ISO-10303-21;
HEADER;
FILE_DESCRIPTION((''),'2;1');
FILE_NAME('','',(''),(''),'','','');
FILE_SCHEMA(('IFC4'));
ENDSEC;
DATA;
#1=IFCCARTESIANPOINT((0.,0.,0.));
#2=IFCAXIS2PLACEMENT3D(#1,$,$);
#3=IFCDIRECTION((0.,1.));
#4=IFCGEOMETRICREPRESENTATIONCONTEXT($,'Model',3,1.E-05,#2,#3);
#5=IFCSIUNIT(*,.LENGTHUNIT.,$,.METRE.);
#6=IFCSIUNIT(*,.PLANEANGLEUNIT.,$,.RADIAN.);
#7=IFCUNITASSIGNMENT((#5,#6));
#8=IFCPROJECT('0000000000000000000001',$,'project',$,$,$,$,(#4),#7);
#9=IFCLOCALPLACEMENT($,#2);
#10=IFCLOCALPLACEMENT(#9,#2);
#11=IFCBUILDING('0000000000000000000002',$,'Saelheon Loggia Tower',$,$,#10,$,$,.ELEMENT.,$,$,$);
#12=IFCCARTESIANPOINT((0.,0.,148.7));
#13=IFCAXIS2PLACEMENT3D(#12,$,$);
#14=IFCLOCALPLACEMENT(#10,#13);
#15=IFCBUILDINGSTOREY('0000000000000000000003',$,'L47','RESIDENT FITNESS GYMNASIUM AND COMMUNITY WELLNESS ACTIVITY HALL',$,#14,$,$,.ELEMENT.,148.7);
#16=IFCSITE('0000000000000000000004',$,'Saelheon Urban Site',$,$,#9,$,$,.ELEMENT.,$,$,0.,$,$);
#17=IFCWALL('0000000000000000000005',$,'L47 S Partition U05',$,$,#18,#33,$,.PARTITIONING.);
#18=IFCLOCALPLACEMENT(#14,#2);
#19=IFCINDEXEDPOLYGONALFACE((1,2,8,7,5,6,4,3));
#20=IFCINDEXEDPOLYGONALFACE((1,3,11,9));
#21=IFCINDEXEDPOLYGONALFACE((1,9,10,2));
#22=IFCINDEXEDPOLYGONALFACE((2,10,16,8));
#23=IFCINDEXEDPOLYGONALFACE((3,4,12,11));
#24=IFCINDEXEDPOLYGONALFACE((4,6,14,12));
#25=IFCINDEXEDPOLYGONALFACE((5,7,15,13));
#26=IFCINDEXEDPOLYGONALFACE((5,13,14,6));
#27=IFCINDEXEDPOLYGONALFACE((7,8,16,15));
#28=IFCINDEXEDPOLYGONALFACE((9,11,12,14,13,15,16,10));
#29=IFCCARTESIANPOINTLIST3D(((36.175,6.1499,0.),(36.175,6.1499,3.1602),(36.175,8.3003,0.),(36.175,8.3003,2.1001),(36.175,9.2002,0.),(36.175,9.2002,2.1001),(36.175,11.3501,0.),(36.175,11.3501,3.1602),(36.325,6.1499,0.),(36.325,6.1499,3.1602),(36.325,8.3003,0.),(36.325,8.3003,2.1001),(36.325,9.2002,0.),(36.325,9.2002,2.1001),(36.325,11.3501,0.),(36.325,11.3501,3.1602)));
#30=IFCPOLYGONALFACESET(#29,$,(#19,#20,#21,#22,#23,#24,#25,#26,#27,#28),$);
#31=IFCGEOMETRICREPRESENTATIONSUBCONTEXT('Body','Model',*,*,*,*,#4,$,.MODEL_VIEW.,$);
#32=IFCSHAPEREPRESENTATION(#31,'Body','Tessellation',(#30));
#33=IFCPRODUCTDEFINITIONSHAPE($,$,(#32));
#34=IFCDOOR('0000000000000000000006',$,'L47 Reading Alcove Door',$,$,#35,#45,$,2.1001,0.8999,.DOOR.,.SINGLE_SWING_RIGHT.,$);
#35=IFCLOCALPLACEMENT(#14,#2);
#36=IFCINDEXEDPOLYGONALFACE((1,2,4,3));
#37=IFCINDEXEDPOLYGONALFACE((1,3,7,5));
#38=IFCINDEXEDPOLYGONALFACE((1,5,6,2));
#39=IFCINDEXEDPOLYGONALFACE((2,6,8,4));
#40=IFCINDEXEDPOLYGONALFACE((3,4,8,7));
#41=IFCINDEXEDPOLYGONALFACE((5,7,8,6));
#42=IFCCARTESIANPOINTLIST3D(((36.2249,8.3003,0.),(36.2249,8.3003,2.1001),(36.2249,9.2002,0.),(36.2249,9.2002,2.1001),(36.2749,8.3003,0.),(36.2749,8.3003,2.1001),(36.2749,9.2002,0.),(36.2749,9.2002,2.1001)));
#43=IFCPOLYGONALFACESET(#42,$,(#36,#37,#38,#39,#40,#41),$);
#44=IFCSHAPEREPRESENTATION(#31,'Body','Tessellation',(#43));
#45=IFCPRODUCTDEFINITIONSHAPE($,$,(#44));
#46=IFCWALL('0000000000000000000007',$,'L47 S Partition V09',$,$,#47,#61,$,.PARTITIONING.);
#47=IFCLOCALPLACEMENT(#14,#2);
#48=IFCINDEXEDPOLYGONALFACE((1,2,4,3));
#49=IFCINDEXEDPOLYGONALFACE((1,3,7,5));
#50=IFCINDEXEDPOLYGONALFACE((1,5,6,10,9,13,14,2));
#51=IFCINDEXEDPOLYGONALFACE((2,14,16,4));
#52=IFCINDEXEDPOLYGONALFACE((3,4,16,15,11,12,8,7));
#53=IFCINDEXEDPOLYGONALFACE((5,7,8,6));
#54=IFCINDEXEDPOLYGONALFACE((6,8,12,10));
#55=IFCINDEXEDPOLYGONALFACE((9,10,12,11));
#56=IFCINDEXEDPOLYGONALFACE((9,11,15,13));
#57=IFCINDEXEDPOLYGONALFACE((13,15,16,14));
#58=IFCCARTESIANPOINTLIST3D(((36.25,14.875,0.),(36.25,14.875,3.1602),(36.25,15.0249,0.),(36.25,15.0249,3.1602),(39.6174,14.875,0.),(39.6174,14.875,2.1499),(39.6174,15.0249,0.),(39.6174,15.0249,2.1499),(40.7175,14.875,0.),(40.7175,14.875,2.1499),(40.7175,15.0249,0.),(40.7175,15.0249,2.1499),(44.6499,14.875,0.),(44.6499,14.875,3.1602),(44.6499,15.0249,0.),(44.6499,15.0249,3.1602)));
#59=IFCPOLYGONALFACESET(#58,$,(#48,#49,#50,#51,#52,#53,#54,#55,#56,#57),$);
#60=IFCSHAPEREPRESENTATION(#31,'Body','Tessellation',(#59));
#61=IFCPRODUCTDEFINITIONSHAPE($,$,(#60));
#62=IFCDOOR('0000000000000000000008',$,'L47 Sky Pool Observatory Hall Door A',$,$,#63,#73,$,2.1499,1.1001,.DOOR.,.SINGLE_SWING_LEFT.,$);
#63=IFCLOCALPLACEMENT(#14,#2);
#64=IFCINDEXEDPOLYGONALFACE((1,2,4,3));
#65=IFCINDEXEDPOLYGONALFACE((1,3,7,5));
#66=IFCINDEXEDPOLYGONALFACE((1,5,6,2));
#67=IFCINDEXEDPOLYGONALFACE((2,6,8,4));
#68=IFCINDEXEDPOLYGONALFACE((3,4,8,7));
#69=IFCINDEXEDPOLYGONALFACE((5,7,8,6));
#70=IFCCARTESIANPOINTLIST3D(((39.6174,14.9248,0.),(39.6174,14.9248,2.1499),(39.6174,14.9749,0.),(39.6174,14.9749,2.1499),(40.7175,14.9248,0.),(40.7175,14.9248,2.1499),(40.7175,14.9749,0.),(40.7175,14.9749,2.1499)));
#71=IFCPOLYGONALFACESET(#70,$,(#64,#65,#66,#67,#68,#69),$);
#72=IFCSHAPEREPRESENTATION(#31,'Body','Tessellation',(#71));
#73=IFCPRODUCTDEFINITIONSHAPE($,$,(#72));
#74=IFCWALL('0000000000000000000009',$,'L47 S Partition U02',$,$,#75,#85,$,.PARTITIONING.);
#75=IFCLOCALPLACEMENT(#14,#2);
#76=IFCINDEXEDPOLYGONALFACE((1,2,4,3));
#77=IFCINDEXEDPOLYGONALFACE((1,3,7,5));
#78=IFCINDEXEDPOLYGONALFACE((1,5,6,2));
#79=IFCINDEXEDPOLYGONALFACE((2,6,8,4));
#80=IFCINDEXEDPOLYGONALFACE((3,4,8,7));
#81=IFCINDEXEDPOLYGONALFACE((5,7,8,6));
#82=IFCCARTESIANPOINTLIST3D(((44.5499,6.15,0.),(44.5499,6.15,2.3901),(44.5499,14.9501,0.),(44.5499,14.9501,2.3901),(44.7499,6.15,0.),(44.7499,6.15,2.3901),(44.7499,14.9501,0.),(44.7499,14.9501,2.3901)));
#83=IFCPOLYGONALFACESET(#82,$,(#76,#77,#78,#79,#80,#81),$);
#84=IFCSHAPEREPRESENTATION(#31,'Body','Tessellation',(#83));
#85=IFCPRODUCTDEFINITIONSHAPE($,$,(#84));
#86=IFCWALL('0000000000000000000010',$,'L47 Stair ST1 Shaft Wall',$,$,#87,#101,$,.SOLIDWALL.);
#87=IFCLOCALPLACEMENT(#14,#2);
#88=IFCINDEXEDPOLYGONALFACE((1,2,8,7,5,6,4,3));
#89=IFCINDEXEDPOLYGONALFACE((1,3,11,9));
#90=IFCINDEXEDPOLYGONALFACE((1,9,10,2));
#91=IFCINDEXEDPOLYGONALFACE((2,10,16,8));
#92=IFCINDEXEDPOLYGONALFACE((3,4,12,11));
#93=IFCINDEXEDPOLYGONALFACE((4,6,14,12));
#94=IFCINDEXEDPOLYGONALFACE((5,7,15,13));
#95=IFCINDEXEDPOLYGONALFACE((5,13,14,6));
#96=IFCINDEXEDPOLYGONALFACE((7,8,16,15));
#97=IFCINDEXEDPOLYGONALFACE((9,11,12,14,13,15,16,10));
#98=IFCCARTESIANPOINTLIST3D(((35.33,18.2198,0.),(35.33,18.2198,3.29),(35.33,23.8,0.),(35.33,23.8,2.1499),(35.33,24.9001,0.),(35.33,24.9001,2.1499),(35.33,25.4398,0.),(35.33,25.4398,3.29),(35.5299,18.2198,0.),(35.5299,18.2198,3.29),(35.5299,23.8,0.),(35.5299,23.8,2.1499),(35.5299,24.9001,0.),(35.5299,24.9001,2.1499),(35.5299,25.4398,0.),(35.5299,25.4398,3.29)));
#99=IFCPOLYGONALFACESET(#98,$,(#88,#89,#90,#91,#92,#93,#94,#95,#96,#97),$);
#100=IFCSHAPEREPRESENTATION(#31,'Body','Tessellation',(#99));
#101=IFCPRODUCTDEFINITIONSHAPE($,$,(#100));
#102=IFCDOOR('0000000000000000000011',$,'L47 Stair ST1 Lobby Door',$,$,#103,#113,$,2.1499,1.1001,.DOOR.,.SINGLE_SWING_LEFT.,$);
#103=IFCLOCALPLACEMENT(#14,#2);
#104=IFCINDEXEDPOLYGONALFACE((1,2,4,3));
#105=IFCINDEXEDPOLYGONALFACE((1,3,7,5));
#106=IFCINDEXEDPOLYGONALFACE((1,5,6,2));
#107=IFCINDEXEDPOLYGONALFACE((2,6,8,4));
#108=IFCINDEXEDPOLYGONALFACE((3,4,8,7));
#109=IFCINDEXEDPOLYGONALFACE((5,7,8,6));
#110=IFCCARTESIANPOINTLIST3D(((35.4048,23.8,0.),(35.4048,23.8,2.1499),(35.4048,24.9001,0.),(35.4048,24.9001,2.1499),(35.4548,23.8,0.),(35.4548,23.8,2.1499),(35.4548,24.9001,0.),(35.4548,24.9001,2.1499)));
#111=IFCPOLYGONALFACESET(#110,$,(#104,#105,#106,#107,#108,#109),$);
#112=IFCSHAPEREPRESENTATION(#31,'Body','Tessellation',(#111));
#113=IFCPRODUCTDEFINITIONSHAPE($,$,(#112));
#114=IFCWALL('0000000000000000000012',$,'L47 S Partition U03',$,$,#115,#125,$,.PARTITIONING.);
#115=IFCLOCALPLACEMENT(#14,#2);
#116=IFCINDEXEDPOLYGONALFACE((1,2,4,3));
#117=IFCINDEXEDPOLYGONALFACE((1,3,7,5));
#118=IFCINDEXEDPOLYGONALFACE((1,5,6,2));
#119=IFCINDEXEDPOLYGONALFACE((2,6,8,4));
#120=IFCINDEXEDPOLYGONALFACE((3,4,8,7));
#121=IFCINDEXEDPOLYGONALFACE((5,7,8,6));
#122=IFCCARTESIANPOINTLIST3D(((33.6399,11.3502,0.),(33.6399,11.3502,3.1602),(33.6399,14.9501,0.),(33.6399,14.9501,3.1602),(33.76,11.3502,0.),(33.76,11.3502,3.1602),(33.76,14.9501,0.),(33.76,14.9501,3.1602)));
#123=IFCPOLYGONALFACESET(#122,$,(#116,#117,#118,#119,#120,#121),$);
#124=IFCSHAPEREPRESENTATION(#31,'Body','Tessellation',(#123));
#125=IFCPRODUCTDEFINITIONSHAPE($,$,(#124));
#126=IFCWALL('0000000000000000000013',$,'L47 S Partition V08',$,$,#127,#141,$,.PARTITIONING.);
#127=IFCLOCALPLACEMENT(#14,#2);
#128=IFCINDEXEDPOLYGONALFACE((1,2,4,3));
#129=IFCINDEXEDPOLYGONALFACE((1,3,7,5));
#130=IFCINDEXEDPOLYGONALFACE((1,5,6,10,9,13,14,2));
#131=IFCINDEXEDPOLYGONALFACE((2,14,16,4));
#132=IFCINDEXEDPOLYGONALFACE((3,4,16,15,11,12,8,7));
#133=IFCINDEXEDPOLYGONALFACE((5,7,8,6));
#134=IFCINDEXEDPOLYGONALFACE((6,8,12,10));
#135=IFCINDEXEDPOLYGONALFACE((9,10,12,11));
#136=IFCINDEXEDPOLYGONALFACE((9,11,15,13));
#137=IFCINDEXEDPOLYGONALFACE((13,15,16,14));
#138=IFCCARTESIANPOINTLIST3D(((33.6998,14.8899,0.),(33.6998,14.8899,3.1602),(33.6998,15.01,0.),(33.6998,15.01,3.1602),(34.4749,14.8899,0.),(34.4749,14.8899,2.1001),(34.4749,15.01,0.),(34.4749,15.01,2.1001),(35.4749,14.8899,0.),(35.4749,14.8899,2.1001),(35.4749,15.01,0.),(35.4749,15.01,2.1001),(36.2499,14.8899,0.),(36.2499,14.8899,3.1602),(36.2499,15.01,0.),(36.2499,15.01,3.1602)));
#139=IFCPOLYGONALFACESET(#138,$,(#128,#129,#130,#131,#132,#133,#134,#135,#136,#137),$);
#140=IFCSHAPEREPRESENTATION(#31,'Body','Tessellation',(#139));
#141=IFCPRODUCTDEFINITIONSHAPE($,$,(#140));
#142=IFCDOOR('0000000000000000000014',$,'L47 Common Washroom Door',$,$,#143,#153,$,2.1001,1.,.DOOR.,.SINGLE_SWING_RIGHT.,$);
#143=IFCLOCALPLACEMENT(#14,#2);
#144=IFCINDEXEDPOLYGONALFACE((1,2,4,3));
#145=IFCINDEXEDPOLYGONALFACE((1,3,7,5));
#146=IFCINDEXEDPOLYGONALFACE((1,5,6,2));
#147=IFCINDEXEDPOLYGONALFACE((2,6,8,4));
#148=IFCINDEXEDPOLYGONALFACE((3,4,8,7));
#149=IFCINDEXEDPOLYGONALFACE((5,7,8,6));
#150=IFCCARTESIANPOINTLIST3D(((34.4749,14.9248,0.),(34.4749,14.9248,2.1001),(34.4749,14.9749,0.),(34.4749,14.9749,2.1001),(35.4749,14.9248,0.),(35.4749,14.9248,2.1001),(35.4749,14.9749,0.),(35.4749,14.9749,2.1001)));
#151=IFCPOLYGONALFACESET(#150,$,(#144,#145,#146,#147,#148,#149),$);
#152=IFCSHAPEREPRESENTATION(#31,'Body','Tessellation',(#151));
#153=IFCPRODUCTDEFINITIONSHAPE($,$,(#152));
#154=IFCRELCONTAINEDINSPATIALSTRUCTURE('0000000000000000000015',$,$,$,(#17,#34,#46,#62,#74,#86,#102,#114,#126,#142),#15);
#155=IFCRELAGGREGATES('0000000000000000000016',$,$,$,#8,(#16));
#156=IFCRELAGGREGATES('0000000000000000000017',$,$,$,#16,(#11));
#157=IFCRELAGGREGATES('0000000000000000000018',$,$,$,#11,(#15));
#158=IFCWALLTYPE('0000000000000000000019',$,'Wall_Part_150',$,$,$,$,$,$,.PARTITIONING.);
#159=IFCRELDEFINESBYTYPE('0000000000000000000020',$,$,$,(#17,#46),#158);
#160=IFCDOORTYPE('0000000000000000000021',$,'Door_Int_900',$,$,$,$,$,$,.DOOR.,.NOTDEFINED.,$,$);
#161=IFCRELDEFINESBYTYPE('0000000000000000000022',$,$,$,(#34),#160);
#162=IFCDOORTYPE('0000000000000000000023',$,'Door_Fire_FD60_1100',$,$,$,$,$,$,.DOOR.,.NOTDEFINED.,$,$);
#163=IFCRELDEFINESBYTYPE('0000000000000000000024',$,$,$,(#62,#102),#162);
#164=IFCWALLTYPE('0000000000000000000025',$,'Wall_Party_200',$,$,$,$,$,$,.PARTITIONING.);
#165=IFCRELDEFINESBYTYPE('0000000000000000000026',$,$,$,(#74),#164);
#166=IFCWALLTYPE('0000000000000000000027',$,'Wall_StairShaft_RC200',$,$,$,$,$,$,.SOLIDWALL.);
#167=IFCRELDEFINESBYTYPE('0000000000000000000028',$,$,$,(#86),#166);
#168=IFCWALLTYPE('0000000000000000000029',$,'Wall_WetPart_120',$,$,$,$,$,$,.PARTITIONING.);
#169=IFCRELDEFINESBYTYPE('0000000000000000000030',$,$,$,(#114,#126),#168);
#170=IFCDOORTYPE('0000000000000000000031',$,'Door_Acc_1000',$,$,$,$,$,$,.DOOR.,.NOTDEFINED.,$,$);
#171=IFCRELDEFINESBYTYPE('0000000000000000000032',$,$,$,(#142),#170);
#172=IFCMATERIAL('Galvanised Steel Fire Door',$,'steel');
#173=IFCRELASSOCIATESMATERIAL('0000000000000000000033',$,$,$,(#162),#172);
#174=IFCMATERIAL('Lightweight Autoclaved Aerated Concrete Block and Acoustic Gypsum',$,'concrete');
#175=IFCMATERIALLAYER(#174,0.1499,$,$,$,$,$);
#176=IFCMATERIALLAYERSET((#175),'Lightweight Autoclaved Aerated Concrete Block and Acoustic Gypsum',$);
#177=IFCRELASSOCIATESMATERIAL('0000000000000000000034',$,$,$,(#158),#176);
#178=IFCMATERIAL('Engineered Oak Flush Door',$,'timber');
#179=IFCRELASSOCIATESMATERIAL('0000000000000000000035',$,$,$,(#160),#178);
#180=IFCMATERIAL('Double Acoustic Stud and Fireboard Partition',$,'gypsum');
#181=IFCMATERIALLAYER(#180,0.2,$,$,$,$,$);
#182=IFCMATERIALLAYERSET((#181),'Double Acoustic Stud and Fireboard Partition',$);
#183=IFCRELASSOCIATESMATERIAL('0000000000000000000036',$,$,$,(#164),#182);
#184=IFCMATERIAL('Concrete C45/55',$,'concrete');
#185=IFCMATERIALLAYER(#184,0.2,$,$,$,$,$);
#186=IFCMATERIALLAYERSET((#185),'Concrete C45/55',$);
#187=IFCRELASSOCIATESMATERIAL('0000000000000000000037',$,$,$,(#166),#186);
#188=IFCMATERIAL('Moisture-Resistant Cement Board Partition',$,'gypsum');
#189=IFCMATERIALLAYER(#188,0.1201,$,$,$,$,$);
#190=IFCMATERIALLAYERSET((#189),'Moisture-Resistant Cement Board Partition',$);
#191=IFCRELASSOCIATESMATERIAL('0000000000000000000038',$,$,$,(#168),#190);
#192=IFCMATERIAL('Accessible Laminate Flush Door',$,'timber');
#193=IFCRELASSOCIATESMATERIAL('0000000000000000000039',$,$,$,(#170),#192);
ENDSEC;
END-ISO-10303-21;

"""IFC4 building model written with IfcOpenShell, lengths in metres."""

from ifc_helpers import new_model, si_unit, direction, frame, frame_2d, origin, place, context, subcontext, project, spatial, rectangle, extrude, source, transform, mapped, material, layer, layer_set, type_object, element, fill, save


model = new_model("IFC4")

# Units and contexts
model_context = context("Model", 3, precision=1e-05, world=origin(), true_north=direction((0.0, 1.0)))
body_context = subcontext(model_context, "Body", "Model", "MODEL_VIEW")
ifc_project = project(units=[si_unit("LENGTHUNIT", "METRE"), si_unit("PLANEANGLEUNIT", "RADIAN")], contexts=[model_context])

# Site, building, storey
site_placement = place(None, origin())
site = spatial("IfcSite", under=ifc_project, at=site_placement, Name="Saelheon Urban Site", CompositionType="ELEMENT", RefElevation=0.0)
building_placement = place(site_placement, origin())
building = spatial("IfcBuilding", under=site, at=building_placement, Name="Saelheon Loggia Tower", CompositionType="ELEMENT")
storey_placement = place(building_placement, frame((0.0, 0.0, 148.7)))
storey = spatial("IfcBuildingStorey", under=building, at=storey_placement, Name="L47", Description="RESIDENT FITNESS GYMNASIUM AND COMMUNITY WELLNESS ACTIVITY HALL", CompositionType="ELEMENT", Elevation=148.7)

# Shared definitions
ifc_material_1 = material(Name="Concrete C45/55", Category="concrete")
ifc_material_2 = material(Name="Galvanised Steel Fire Door", Category="steel")
door_type_1 = type_object("IfcDoorType", Name="Door_Fire_FD60_1100", OperationType="NOTDEFINED", PredefinedType="DOOR", material=ifc_material_2)
shared_shape_1 = source(origin(), body_context, "Body", "SweptSolid", [
    extrude(rectangle(XDim=1.1001, YDim=2.1499, at=frame_2d((0.55, 1.075))), frame((0.0, 0.0249, 0.0), z_axis=(0.0, -1.0, 0.0), x_axis=(1.0, 0.0, 0.0)), (0.0, 0.0, 1.0), 0.05),
])

# Shared definitions
ifc_material_3 = material(Name="Lightweight Autoclaved Aerated Concrete Block and Acoustic Gypsum", Category="concrete")
ifc_layer_1 = layer(ifc_material_3, 0.1499)
ifc_layer_set_1 = layer_set([ifc_layer_1], Name="Lightweight Autoclaved Aerated Concrete Block and Acoustic Gypsum")
wall_type_1 = type_object("IfcWallType", Name="Wall_Part_150", PredefinedType="PARTITIONING", material=ifc_layer_set_1)

# Walls, openings, doors
wall_1_placement = place(storey_placement, frame((36.25, 11.3501, 0.0), z_axis=(0.0, 0.0, 1.0), x_axis=(0.0, -1.0, 0.0)))
wall_1 = element("IfcWall", 1, at=wall_1_placement, inside=storey, type_object=wall_type_1, Name="L47 S Partition U05", PredefinedType="PARTITIONING", context=body_context, shape_type="SweptSolid", body=[
    extrude(rectangle(XDim=5.2002, YDim=0.1499, at=frame_2d((2.6001, 0.0))), origin(), (0.0, 0.0, 1.0), 3.1602),
])
opening_1_placement = place(wall_1_placement, frame((2.1499, 0.0, 0.0)))
opening_1 = element("IfcOpeningElement", 2, at=opening_1_placement, cuts=wall_1, PredefinedType="OPENING", context=body_context, shape_type="SweptSolid", body=[
    extrude(rectangle(XDim=0.8999, YDim=2.1001, at=frame_2d((0.45, 1.05))), frame((0.0, 0.0869, 0.0), z_axis=(0.0, -1.0, 0.0), x_axis=(1.0, 0.0, 0.0)), (0.0, 0.0, 1.0), 0.1738),
])
ifc_material_4 = material(Name="Engineered Oak Flush Door", Category="timber")
door_type_2 = type_object("IfcDoorType", Name="Door_Int_900", OperationType="NOTDEFINED", PredefinedType="DOOR", material=ifc_material_4)
shared_shape_2 = source(origin(), body_context, "Body", "SweptSolid", [
    extrude(rectangle(XDim=0.8999, YDim=2.1001, at=frame_2d((0.45, 1.05))), frame((0.0, 0.0249, 0.0), z_axis=(0.0, -1.0, 0.0), x_axis=(1.0, 0.0, 0.0)), (0.0, 0.0, 1.0), 0.05),
])
door_1_placement = place(opening_1_placement, origin())
door_1 = element("IfcDoor", 3, at=door_1_placement, inside=storey, type_object=door_type_2, Name="L47 Reading Alcove Door", OperationType="SINGLE_SWING_RIGHT", OverallHeight=2.1001, OverallWidth=0.8999, PredefinedType="DOOR", context=body_context, shape_type="MappedRepresentation", body=[
    mapped(shared_shape_2, transform((0.0, 0.0, 0.0), scale=1.0)),
])
fill(opening_1, door_1)
wall_2_placement = place(storey_placement, frame((36.25, 14.95, 0.0), z_axis=(0.0, 0.0, 1.0), x_axis=(1.0, 0.0, 0.0)))
wall_2 = element("IfcWall", 4, at=wall_2_placement, inside=storey, type_object=wall_type_1, Name="L47 S Partition V09", PredefinedType="PARTITIONING", context=body_context, shape_type="SweptSolid", body=[
    extrude(rectangle(XDim=8.3999, YDim=0.1499, at=frame_2d((4.2, 0.0))), origin(), (0.0, 0.0, 1.0), 3.1602),
])
opening_2_placement = place(wall_2_placement, frame((3.3674, 0.0, 0.0)))
opening_2 = element("IfcOpeningElement", 5, at=opening_2_placement, cuts=wall_2, PredefinedType="OPENING", context=body_context, shape_type="SweptSolid", body=[
    extrude(rectangle(XDim=1.1001, YDim=2.1499, at=frame_2d((0.55, 1.075))), frame((0.0, 0.0869, 0.0), z_axis=(0.0, -1.0, 0.0), x_axis=(1.0, 0.0, 0.0)), (0.0, 0.0, 1.0), 0.1738),
])
door_2_placement = place(opening_2_placement, origin())
door_2 = element("IfcDoor", 6, at=door_2_placement, inside=storey, type_object=door_type_1, Name="L47 Sky Pool Observatory Hall Door A", OperationType="SINGLE_SWING_LEFT", OverallHeight=2.1499, OverallWidth=1.1001, PredefinedType="DOOR", context=body_context, shape_type="MappedRepresentation", body=[
    mapped(shared_shape_1, transform((0.0, 0.0, 0.0), scale=1.0)),
])
fill(opening_2, door_2)

# Wall
ifc_material_5 = material(Name="Double Acoustic Stud and Fireboard Partition", Category="gypsum")
ifc_layer_2 = layer(ifc_material_5, 0.2)
ifc_layer_set_2 = layer_set([ifc_layer_2], Name="Double Acoustic Stud and Fireboard Partition")
wall_type_2 = type_object("IfcWallType", Name="Wall_Party_200", PredefinedType="PARTITIONING", material=ifc_layer_set_2)
wall_3_placement = place(storey_placement, frame((44.6499, 14.95, 0.0), z_axis=(0.0, 0.0, 1.0), x_axis=(0.0, -1.0, 0.0)))
element("IfcWall", 7, at=wall_3_placement, inside=storey, type_object=wall_type_2, Name="L47 S Partition U02", PredefinedType="PARTITIONING", context=body_context, shape_type="SweptSolid", body=[
    extrude(rectangle(XDim=8.8, YDim=0.2, at=frame_2d((4.3999, 0.0))), origin(), (0.0, 0.0, 1.0), 2.3901),
])

# Wall, opening, door
ifc_layer_3 = layer(ifc_material_1, 0.2)
ifc_layer_set_3 = layer_set([ifc_layer_3], Name="Concrete C45/55")
wall_type_3 = type_object("IfcWallType", Name="Wall_StairShaft_RC200", PredefinedType="SOLIDWALL", material=ifc_layer_set_3)
wall_4_placement = place(storey_placement, frame((35.4299, 18.22, 0.0), z_axis=(0.0, 0.0, 1.0), x_axis=(0.0, 1.0, 0.0)))
wall_4 = element("IfcWall", 8, at=wall_4_placement, inside=storey, type_object=wall_type_3, Name="L47 Stair ST1 Shaft Wall", PredefinedType="SOLIDWALL", context=body_context, shape_type="SweptSolid", body=[
    extrude(rectangle(XDim=7.22, YDim=0.2, at=frame_2d((3.6099, 0.0))), origin(), (0.0, 0.0, 1.0), 3.29),
])
opening_3_placement = place(wall_4_placement, frame((6.6802, 0.0, 0.0), z_axis=(0.0, 0.0, 1.0), x_axis=(-1.0, 0.0, 0.0)))
opening_3 = element("IfcOpeningElement", 9, at=opening_3_placement, cuts=wall_4, PredefinedType="OPENING", context=body_context, shape_type="SweptSolid", body=[
    extrude(rectangle(XDim=1.1001, YDim=2.1499, at=frame_2d((0.55, 1.075))), frame((0.0, 0.1121, 0.0), z_axis=(0.0, -1.0, 0.0), x_axis=(1.0, 0.0, 0.0)), (0.0, 0.0, 1.0), 0.2239),
])
door_3_placement = place(opening_3_placement, origin())
door_3 = element("IfcDoor", 10, at=door_3_placement, inside=storey, type_object=door_type_1, Name="L47 Stair ST1 Lobby Door", OperationType="SINGLE_SWING_LEFT", OverallHeight=2.1499, OverallWidth=1.1001, PredefinedType="DOOR", context=body_context, shape_type="MappedRepresentation", body=[
    mapped(shared_shape_1, transform((0.0, 0.0, 0.0), scale=1.0)),
])
fill(opening_3, door_3)

# Wall
ifc_material_6 = material(Name="Moisture-Resistant Cement Board Partition", Category="gypsum")
ifc_layer_4 = layer(ifc_material_6, 0.1201)
ifc_layer_set_4 = layer_set([ifc_layer_4], Name="Moisture-Resistant Cement Board Partition")
wall_type_4 = type_object("IfcWallType", Name="Wall_WetPart_120", PredefinedType="PARTITIONING", material=ifc_layer_set_4)
wall_5_placement = place(storey_placement, frame((33.7, 14.95, 0.0), z_axis=(0.0, 0.0, 1.0), x_axis=(0.0, -1.0, 0.0)))
element("IfcWall", 11, at=wall_5_placement, inside=storey, type_object=wall_type_4, Name="L47 S Partition U03", PredefinedType="PARTITIONING", context=body_context, shape_type="SweptSolid", body=[
    extrude(rectangle(XDim=3.5999, YDim=0.1201, at=frame_2d((1.7998, 0.0))), origin(), (0.0, 0.0, 1.0), 3.1602),
])

# Wall, opening, door
wall_6_placement = place(storey_placement, frame((33.7, 14.95, 0.0), z_axis=(0.0, 0.0, 1.0), x_axis=(1.0, 0.0, 0.0)))
wall_6 = element("IfcWall", 12, at=wall_6_placement, inside=storey, type_object=wall_type_4, Name="L47 S Partition V08", PredefinedType="PARTITIONING", context=body_context, shape_type="SweptSolid", body=[
    extrude(rectangle(XDim=2.55, YDim=0.1201, at=frame_2d((1.2749, 0.0))), origin(), (0.0, 0.0, 1.0), 3.1602),
])
opening_4_placement = place(wall_6_placement, frame((0.7749, 0.0, 0.0)))
opening_4 = element("IfcOpeningElement", 13, at=opening_4_placement, cuts=wall_6, PredefinedType="OPENING", context=body_context, shape_type="SweptSolid", body=[
    extrude(rectangle(XDim=1.0, YDim=2.1001, at=frame_2d((0.5, 1.05))), frame((0.0, 0.072, 0.0), z_axis=(0.0, -1.0, 0.0), x_axis=(1.0, 0.0, 0.0)), (0.0, 0.0, 1.0), 0.144),
])
ifc_material_7 = material(Name="Accessible Laminate Flush Door", Category="timber")
door_type_3 = type_object("IfcDoorType", Name="Door_Acc_1000", OperationType="NOTDEFINED", PredefinedType="DOOR", material=ifc_material_7)
shared_shape_3 = source(origin(), body_context, "Body", "SweptSolid", [
    extrude(rectangle(XDim=1.0, YDim=2.1001, at=frame_2d((0.5, 1.05))), frame((0.0, 0.0249, 0.0), z_axis=(0.0, -1.0, 0.0), x_axis=(1.0, 0.0, 0.0)), (0.0, 0.0, 1.0), 0.05),
])
door_4_placement = place(opening_4_placement, origin())
door_4 = element("IfcDoor", 14, at=door_4_placement, inside=storey, type_object=door_type_3, Name="L47 Common Washroom Door", OperationType="SINGLE_SWING_RIGHT", OverallHeight=2.1001, OverallWidth=1.0, PredefinedType="DOOR", context=body_context, shape_type="MappedRepresentation", body=[
    mapped(shared_shape_3, transform((0.0, 0.0, 0.0), scale=1.0)),
])
fill(opening_4, door_4)

save(model, "model.ifc")
